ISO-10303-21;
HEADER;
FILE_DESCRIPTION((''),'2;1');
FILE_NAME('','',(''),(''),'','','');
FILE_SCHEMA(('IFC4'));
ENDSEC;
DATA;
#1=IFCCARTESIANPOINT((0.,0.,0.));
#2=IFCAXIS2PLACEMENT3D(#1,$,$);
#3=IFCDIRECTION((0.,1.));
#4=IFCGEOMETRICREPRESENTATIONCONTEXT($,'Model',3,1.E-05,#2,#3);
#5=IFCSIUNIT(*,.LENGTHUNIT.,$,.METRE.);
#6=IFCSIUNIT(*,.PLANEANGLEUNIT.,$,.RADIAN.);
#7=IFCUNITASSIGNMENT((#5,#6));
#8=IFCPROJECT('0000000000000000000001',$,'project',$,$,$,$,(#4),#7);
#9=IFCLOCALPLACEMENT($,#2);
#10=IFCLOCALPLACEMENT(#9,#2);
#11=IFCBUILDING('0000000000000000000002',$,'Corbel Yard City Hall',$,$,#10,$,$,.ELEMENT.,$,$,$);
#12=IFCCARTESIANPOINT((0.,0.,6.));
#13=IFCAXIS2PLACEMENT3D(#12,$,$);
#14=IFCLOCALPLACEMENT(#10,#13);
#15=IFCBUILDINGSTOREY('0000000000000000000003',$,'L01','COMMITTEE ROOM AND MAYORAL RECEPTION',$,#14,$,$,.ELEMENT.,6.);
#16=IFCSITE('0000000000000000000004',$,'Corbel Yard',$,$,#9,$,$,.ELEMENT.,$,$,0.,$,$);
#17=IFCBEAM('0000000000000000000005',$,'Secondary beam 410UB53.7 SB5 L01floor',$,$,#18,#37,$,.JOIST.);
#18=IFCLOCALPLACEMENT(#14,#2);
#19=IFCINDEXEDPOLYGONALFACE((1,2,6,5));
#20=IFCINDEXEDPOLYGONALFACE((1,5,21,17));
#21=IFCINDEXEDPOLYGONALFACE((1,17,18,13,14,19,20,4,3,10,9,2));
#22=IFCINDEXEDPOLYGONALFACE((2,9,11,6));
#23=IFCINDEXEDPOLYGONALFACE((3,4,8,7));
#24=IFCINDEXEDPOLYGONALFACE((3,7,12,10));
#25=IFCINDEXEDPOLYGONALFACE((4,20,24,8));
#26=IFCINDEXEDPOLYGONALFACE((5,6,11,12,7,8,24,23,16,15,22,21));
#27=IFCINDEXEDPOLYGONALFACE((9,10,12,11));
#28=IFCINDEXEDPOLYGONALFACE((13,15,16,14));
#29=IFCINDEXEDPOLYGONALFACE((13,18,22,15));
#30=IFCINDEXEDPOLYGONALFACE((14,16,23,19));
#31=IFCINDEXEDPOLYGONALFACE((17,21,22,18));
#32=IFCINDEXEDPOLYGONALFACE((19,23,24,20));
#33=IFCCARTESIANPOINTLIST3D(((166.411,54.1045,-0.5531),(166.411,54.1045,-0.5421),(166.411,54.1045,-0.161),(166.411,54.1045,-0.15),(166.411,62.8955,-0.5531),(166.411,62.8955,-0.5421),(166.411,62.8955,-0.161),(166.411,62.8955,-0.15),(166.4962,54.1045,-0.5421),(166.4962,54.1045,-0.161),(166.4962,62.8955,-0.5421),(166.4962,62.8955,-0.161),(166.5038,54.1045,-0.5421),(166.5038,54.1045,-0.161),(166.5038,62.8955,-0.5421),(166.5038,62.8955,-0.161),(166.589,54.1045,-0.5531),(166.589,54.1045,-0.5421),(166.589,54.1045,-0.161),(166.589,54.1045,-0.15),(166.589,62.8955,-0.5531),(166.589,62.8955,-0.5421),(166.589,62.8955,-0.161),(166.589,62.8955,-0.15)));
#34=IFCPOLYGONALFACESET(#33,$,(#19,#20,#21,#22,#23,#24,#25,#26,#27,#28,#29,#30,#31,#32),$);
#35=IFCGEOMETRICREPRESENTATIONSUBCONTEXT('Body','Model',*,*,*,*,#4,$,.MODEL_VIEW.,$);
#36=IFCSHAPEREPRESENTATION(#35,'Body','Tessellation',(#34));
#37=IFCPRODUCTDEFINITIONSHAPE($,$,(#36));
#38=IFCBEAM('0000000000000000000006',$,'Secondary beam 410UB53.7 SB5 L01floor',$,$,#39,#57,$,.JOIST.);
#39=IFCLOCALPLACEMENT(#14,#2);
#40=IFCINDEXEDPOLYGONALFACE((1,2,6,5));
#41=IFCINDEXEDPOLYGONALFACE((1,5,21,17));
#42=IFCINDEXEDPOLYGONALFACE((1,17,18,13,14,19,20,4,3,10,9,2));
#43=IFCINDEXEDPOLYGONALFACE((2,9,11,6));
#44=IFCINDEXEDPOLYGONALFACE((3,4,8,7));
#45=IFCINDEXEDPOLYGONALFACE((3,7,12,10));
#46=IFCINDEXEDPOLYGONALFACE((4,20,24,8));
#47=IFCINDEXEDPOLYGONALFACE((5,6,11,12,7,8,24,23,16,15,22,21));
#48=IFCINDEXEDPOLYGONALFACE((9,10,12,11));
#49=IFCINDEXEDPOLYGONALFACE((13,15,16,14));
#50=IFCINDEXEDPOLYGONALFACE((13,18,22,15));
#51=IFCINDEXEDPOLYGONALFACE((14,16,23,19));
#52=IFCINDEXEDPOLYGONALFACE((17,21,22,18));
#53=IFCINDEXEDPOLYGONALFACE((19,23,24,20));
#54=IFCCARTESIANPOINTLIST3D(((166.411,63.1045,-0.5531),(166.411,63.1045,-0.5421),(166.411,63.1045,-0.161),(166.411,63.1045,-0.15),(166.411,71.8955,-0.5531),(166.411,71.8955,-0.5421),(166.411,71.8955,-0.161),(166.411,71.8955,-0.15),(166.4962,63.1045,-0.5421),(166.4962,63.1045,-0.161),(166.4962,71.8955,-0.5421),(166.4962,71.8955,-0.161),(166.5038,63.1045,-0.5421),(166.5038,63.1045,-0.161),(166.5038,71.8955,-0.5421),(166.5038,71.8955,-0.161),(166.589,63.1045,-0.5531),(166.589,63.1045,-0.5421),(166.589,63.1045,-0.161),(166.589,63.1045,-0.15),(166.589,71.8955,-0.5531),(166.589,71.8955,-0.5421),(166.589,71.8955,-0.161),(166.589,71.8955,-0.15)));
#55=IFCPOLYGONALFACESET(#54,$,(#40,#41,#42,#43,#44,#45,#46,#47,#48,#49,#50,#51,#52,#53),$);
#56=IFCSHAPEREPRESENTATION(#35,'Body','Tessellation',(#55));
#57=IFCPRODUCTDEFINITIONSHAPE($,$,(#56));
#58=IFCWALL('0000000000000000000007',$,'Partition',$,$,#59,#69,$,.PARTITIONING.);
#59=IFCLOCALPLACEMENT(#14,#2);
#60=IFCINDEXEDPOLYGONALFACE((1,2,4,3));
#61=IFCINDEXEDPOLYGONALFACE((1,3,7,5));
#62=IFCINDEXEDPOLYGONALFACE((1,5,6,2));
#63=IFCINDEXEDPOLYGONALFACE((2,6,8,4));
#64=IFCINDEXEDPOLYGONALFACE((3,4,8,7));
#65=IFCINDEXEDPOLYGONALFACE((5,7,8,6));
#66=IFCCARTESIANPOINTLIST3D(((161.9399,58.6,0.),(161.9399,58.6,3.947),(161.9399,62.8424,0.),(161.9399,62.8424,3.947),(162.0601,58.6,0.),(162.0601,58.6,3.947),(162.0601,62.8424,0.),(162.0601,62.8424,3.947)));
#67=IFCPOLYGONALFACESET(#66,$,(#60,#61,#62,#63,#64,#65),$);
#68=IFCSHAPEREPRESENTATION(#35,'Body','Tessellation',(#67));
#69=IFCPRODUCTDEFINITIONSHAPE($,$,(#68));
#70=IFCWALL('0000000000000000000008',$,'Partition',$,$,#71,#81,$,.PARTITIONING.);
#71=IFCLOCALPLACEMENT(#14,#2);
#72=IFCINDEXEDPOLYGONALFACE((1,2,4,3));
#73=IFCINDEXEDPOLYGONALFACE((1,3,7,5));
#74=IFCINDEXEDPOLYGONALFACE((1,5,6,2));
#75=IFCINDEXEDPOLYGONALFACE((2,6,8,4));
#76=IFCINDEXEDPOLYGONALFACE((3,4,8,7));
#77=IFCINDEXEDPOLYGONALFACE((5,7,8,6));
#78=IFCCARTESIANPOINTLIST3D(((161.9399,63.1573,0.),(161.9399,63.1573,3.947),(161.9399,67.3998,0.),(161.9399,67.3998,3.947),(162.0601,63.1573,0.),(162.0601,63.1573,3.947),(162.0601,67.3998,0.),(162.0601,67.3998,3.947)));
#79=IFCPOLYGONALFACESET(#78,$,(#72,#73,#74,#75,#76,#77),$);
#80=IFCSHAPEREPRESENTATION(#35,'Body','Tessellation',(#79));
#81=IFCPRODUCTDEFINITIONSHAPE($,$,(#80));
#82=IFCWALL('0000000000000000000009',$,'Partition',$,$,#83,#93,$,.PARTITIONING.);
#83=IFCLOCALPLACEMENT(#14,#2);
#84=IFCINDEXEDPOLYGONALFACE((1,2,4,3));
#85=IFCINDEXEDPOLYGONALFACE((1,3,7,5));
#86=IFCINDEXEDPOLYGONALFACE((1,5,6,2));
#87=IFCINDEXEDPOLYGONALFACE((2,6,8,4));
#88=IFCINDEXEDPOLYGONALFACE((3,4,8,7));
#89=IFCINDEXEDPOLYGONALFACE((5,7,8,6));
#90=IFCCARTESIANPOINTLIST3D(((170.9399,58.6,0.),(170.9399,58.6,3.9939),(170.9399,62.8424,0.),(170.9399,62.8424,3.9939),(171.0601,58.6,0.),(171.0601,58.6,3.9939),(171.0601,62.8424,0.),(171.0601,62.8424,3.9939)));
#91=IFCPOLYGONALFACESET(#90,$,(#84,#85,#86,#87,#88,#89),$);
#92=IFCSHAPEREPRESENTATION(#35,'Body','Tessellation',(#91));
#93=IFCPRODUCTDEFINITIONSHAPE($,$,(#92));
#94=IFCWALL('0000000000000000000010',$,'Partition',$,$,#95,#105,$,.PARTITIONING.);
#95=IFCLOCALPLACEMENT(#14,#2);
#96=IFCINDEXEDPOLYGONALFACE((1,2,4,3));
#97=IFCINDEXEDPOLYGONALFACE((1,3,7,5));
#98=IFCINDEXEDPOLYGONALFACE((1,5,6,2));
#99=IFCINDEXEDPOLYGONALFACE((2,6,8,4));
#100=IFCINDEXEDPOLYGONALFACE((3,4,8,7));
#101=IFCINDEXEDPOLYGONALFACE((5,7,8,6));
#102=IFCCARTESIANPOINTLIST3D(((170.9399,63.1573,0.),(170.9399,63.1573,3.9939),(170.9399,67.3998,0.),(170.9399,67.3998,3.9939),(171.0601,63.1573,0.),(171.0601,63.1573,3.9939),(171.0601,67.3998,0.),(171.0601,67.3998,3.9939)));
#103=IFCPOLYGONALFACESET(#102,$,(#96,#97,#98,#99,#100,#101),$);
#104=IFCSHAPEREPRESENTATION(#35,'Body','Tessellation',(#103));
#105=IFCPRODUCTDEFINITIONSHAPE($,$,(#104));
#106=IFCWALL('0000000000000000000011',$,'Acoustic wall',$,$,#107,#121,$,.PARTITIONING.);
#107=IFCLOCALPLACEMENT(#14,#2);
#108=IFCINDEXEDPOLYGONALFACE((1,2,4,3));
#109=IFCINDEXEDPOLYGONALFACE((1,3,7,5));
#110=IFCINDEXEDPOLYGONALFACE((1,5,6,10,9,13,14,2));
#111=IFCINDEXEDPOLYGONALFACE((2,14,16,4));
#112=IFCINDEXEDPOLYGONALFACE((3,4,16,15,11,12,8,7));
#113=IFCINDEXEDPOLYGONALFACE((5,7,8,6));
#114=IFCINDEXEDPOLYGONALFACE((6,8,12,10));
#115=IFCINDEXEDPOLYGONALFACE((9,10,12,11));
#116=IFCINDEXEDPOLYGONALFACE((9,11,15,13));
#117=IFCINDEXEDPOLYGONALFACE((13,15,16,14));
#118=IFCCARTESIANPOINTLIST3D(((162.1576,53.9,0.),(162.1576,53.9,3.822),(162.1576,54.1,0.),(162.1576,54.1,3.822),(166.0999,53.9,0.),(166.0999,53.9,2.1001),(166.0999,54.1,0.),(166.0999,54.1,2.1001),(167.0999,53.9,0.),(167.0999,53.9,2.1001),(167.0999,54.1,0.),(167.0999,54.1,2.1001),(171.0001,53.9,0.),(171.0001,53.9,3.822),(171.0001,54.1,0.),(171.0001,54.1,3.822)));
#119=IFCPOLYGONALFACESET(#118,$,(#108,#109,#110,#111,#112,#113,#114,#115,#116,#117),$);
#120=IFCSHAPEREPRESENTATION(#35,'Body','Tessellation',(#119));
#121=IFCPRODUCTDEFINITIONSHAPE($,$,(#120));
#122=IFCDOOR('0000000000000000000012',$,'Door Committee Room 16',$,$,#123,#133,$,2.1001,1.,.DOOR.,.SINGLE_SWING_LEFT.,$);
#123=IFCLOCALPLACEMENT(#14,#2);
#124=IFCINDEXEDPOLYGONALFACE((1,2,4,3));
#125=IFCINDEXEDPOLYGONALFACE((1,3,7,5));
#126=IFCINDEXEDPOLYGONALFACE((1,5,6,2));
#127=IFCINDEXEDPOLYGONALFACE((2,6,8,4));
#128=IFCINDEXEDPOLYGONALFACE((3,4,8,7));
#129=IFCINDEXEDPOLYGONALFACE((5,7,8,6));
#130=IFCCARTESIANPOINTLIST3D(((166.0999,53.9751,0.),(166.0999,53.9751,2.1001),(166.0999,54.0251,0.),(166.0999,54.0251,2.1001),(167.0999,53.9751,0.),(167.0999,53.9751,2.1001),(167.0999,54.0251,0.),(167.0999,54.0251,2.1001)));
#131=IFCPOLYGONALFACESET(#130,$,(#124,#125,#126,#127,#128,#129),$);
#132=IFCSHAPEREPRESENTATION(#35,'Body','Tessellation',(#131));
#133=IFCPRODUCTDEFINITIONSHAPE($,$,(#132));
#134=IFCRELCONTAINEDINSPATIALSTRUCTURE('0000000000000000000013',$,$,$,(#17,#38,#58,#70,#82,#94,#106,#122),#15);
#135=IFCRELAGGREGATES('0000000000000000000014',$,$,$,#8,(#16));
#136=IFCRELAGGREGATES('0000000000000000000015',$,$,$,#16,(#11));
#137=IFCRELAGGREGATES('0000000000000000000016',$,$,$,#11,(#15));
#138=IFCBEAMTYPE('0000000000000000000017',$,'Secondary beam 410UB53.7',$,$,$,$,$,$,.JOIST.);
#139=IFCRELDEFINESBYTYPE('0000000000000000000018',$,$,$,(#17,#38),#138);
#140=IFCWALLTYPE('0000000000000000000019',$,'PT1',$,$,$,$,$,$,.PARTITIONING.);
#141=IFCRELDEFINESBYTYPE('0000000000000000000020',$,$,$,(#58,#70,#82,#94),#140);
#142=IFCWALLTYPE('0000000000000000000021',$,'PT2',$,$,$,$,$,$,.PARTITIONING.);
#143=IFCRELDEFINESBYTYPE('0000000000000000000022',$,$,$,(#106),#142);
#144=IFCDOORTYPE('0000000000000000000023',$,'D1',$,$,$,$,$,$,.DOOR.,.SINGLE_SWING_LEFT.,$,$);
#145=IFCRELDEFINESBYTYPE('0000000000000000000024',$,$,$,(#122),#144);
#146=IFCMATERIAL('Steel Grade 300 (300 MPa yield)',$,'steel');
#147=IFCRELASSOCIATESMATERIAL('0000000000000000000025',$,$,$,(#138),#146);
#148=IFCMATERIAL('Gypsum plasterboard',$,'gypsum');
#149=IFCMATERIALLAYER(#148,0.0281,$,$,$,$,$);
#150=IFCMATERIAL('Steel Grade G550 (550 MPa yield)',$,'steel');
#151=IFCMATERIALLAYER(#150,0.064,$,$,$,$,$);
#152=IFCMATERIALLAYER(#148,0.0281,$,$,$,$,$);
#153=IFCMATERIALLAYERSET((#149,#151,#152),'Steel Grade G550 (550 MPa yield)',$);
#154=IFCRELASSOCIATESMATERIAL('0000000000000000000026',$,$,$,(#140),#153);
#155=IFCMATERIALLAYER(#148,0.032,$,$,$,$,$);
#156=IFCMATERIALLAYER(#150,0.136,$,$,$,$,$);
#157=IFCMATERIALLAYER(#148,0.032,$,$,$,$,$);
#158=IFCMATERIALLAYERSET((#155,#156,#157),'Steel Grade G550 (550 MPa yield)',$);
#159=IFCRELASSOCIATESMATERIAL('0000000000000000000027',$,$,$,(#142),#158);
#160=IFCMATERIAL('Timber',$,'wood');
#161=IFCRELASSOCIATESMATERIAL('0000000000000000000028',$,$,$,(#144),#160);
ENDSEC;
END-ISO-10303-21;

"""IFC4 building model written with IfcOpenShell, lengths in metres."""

from ifc_helpers import new_model, si_unit, direction, frame, frame_2d, origin, origin_2d, place, context, subcontext, project, spatial, rectangle, i_section, extrude, material, layer, layer_set, material_profile, profile_set, type_object, element, fill, save


model = new_model("IFC4")

# Units and contexts
model_context = context("Model", 3, precision=1e-05, world=origin(), true_north=direction((0.0, 1.0)))
body_context = subcontext(model_context, "Body", "Model", "MODEL_VIEW")
ifc_project = project(units=[si_unit("LENGTHUNIT", "METRE"), si_unit("PLANEANGLEUNIT", "RADIAN")], contexts=[model_context])

# Site, building, storey
site_placement = place(None, origin())
site = spatial("IfcSite", under=ifc_project, at=site_placement, Name="Corbel Yard", CompositionType="ELEMENT", RefElevation=0.0)
building_placement = place(site_placement, origin())
building = spatial("IfcBuilding", under=site, at=building_placement, Name="Corbel Yard City Hall", CompositionType="ELEMENT")
storey_placement = place(building_placement, frame((0.0, 0.0, 6.0)))
storey = spatial("IfcBuildingStorey", under=building, at=storey_placement, Name="L01", Description="COMMITTEE ROOM AND MAYORAL RECEPTION", CompositionType="ELEMENT", Elevation=6.0)

# Shared definitions
ifc_material_1 = material(Name="Steel Grade 300 (300 MPa yield)", Category="steel")

# Beams
ifc_material_profile_1 = material_profile(ifc_material_1, i_section(OverallWidth=0.178, OverallDepth=0.4031, WebThickness=0.0076, FlangeThickness=0.011, at=origin_2d()), Name="410UB53.7")
ifc_profile_set_1 = profile_set([ifc_material_profile_1], Name="Steel Grade 300 (300 MPa yield)")
beam_type_1 = type_object("IfcBeamType", Name="Secondary beam 410UB53.7", PredefinedType="JOIST", material=ifc_profile_set_1)
for number, where, z_axis, x_axis, name in (
    (1, (166.5, 54.1045, -0.3516), (0.0, 1.0, 0.0), (-1.0, 0.0, 0.0), "Secondary beam 410UB53.7 SB5 L01floor"),
    (2, (166.5, 63.1045, -0.3516), (0.0, 1.0, 0.0), (-1.0, 0.0, 0.0), "Secondary beam 410UB53.7 SB5 L01floor"),
):
    element("IfcBeam", number, at=place(storey_placement, frame(where, z_axis=z_axis, x_axis=x_axis)), inside=storey, type_object=beam_type_1, Name=name, PredefinedType="JOIST", context=body_context, shape_type="SweptSolid", body=[
        extrude(i_section(OverallWidth=0.178, OverallDepth=0.4031, WebThickness=0.0076, FlangeThickness=0.011, at=origin_2d()), origin(), (0.0, 0.0, 1.0), 8.791),
    ])

# Walls
ifc_material_2 = material(Name="Gypsum plasterboard", Category="gypsum")
ifc_layer_1 = layer(ifc_material_2, 0.0281)
ifc_material_3 = material(Name="Steel Grade G550 (550 MPa yield)", Category="steel")
ifc_layer_2 = layer(ifc_material_3, 0.064)
ifc_layer_3 = layer(ifc_material_2, 0.0281)
ifc_layer_set_1 = layer_set([ifc_layer_1, ifc_layer_2, ifc_layer_3], Name="Steel Grade G550 (550 MPa yield)")
wall_type_1 = type_object("IfcWallType", Name="PT1", PredefinedType="PARTITIONING", material=ifc_layer_set_1)
for number, where, z_axis, x_axis, name in (
    (3, (162.0, 58.6001, 0.0), (0.0, 0.0, 1.0), (0.0, 1.0, 0.0), "Partition"),
    (4, (162.0, 63.1575, 0.0), (0.0, 0.0, 1.0), (0.0, 1.0, 0.0), "Partition"),
):
    element("IfcWall", number, at=place(storey_placement, frame(where, z_axis=z_axis, x_axis=x_axis)), inside=storey, type_object=wall_type_1, Name=name, PredefinedType="PARTITIONING", context=body_context, shape_type="SweptSolid", body=[
        extrude(rectangle(XDim=4.2424, YDim=0.1201, at=frame_2d((2.1211, 0.0))), origin(), (0.0, 0.0, 1.0), 3.947),
    ])
for number, where, z_axis, x_axis, name in (
    (5, (171.0, 58.6001, 0.0), (0.0, 0.0, 1.0), (0.0, 1.0, 0.0), "Partition"),
    (6, (171.0, 63.1575, 0.0), (0.0, 0.0, 1.0), (0.0, 1.0, 0.0), "Partition"),
):
    element("IfcWall", number, at=place(storey_placement, frame(where, z_axis=z_axis, x_axis=x_axis)), inside=storey, type_object=wall_type_1, Name=name, PredefinedType="PARTITIONING", context=body_context, shape_type="SweptSolid", body=[
        extrude(rectangle(XDim=4.2424, YDim=0.1201, at=frame_2d((2.1211, 0.0))), origin(), (0.0, 0.0, 1.0), 3.9939),
    ])

# Wall, opening, door
ifc_layer_4 = layer(ifc_material_2, 0.032)
ifc_layer_5 = layer(ifc_material_3, 0.136)
ifc_layer_6 = layer(ifc_material_2, 0.032)
ifc_layer_set_2 = layer_set([ifc_layer_4, ifc_layer_5, ifc_layer_6], Name="Steel Grade G550 (550 MPa yield)")
wall_type_2 = type_object("IfcWallType", Name="PT2", PredefinedType="PARTITIONING", material=ifc_layer_set_2)
wall_placement = place(storey_placement, frame((162.1575, 54.0, 0.0), z_axis=(0.0, 0.0, 1.0), x_axis=(1.0, 0.0, 0.0)))
wall = element("IfcWall", 7, at=wall_placement, inside=storey, type_object=wall_type_2, Name="Acoustic wall", PredefinedType="PARTITIONING", context=body_context, shape_type="SweptSolid", body=[
    extrude(rectangle(XDim=8.8425, YDim=0.2, at=frame_2d((4.4214, 0.0))), origin(), (0.0, 0.0, 1.0), 3.822),
])
opening_placement = place(wall_placement, frame((3.9424, 0.0, 0.0)))
opening = element("IfcOpeningElement", 8, at=opening_placement, cuts=wall, PredefinedType="OPENING", context=body_context, shape_type="SweptSolid", body=[
    extrude(rectangle(XDim=1.0, YDim=2.1001, at=frame_2d((0.5, 1.05))), frame((0.0, 0.1099, 0.0), z_axis=(0.0, -1.0, 0.0), x_axis=(1.0, 0.0, 0.0)), (0.0, 0.0, 1.0), 0.22),
])
ifc_material_4 = material(Name="Timber", Category="wood")
door_type = type_object("IfcDoorType", Name="D1", OperationType="SINGLE_SWING_LEFT", PredefinedType="DOOR", material=ifc_material_4)
door_placement = place(opening_placement, frame((1.0, 0.0, 0.0), z_axis=(0.0, 0.0, 1.0), x_axis=(-1.0, 0.0, 0.0)))
door = element("IfcDoor", 9, at=door_placement, inside=storey, type_object=door_type, Name="Door Committee Room 16", OperationType="SINGLE_SWING_LEFT", OverallHeight=2.1001, OverallWidth=1.0, PredefinedType="DOOR", context=body_context, shape_type="SweptSolid", body=[
    extrude(rectangle(XDim=1.0, YDim=2.1001, at=frame_2d((0.5, 1.05))), frame((0.0, 0.0249, 0.0), z_axis=(0.0, -1.0, 0.0), x_axis=(1.0, 0.0, 0.0)), (0.0, 0.0, 1.0), 0.05),
])
fill(opening, door)

save(model, "model.ifc")
